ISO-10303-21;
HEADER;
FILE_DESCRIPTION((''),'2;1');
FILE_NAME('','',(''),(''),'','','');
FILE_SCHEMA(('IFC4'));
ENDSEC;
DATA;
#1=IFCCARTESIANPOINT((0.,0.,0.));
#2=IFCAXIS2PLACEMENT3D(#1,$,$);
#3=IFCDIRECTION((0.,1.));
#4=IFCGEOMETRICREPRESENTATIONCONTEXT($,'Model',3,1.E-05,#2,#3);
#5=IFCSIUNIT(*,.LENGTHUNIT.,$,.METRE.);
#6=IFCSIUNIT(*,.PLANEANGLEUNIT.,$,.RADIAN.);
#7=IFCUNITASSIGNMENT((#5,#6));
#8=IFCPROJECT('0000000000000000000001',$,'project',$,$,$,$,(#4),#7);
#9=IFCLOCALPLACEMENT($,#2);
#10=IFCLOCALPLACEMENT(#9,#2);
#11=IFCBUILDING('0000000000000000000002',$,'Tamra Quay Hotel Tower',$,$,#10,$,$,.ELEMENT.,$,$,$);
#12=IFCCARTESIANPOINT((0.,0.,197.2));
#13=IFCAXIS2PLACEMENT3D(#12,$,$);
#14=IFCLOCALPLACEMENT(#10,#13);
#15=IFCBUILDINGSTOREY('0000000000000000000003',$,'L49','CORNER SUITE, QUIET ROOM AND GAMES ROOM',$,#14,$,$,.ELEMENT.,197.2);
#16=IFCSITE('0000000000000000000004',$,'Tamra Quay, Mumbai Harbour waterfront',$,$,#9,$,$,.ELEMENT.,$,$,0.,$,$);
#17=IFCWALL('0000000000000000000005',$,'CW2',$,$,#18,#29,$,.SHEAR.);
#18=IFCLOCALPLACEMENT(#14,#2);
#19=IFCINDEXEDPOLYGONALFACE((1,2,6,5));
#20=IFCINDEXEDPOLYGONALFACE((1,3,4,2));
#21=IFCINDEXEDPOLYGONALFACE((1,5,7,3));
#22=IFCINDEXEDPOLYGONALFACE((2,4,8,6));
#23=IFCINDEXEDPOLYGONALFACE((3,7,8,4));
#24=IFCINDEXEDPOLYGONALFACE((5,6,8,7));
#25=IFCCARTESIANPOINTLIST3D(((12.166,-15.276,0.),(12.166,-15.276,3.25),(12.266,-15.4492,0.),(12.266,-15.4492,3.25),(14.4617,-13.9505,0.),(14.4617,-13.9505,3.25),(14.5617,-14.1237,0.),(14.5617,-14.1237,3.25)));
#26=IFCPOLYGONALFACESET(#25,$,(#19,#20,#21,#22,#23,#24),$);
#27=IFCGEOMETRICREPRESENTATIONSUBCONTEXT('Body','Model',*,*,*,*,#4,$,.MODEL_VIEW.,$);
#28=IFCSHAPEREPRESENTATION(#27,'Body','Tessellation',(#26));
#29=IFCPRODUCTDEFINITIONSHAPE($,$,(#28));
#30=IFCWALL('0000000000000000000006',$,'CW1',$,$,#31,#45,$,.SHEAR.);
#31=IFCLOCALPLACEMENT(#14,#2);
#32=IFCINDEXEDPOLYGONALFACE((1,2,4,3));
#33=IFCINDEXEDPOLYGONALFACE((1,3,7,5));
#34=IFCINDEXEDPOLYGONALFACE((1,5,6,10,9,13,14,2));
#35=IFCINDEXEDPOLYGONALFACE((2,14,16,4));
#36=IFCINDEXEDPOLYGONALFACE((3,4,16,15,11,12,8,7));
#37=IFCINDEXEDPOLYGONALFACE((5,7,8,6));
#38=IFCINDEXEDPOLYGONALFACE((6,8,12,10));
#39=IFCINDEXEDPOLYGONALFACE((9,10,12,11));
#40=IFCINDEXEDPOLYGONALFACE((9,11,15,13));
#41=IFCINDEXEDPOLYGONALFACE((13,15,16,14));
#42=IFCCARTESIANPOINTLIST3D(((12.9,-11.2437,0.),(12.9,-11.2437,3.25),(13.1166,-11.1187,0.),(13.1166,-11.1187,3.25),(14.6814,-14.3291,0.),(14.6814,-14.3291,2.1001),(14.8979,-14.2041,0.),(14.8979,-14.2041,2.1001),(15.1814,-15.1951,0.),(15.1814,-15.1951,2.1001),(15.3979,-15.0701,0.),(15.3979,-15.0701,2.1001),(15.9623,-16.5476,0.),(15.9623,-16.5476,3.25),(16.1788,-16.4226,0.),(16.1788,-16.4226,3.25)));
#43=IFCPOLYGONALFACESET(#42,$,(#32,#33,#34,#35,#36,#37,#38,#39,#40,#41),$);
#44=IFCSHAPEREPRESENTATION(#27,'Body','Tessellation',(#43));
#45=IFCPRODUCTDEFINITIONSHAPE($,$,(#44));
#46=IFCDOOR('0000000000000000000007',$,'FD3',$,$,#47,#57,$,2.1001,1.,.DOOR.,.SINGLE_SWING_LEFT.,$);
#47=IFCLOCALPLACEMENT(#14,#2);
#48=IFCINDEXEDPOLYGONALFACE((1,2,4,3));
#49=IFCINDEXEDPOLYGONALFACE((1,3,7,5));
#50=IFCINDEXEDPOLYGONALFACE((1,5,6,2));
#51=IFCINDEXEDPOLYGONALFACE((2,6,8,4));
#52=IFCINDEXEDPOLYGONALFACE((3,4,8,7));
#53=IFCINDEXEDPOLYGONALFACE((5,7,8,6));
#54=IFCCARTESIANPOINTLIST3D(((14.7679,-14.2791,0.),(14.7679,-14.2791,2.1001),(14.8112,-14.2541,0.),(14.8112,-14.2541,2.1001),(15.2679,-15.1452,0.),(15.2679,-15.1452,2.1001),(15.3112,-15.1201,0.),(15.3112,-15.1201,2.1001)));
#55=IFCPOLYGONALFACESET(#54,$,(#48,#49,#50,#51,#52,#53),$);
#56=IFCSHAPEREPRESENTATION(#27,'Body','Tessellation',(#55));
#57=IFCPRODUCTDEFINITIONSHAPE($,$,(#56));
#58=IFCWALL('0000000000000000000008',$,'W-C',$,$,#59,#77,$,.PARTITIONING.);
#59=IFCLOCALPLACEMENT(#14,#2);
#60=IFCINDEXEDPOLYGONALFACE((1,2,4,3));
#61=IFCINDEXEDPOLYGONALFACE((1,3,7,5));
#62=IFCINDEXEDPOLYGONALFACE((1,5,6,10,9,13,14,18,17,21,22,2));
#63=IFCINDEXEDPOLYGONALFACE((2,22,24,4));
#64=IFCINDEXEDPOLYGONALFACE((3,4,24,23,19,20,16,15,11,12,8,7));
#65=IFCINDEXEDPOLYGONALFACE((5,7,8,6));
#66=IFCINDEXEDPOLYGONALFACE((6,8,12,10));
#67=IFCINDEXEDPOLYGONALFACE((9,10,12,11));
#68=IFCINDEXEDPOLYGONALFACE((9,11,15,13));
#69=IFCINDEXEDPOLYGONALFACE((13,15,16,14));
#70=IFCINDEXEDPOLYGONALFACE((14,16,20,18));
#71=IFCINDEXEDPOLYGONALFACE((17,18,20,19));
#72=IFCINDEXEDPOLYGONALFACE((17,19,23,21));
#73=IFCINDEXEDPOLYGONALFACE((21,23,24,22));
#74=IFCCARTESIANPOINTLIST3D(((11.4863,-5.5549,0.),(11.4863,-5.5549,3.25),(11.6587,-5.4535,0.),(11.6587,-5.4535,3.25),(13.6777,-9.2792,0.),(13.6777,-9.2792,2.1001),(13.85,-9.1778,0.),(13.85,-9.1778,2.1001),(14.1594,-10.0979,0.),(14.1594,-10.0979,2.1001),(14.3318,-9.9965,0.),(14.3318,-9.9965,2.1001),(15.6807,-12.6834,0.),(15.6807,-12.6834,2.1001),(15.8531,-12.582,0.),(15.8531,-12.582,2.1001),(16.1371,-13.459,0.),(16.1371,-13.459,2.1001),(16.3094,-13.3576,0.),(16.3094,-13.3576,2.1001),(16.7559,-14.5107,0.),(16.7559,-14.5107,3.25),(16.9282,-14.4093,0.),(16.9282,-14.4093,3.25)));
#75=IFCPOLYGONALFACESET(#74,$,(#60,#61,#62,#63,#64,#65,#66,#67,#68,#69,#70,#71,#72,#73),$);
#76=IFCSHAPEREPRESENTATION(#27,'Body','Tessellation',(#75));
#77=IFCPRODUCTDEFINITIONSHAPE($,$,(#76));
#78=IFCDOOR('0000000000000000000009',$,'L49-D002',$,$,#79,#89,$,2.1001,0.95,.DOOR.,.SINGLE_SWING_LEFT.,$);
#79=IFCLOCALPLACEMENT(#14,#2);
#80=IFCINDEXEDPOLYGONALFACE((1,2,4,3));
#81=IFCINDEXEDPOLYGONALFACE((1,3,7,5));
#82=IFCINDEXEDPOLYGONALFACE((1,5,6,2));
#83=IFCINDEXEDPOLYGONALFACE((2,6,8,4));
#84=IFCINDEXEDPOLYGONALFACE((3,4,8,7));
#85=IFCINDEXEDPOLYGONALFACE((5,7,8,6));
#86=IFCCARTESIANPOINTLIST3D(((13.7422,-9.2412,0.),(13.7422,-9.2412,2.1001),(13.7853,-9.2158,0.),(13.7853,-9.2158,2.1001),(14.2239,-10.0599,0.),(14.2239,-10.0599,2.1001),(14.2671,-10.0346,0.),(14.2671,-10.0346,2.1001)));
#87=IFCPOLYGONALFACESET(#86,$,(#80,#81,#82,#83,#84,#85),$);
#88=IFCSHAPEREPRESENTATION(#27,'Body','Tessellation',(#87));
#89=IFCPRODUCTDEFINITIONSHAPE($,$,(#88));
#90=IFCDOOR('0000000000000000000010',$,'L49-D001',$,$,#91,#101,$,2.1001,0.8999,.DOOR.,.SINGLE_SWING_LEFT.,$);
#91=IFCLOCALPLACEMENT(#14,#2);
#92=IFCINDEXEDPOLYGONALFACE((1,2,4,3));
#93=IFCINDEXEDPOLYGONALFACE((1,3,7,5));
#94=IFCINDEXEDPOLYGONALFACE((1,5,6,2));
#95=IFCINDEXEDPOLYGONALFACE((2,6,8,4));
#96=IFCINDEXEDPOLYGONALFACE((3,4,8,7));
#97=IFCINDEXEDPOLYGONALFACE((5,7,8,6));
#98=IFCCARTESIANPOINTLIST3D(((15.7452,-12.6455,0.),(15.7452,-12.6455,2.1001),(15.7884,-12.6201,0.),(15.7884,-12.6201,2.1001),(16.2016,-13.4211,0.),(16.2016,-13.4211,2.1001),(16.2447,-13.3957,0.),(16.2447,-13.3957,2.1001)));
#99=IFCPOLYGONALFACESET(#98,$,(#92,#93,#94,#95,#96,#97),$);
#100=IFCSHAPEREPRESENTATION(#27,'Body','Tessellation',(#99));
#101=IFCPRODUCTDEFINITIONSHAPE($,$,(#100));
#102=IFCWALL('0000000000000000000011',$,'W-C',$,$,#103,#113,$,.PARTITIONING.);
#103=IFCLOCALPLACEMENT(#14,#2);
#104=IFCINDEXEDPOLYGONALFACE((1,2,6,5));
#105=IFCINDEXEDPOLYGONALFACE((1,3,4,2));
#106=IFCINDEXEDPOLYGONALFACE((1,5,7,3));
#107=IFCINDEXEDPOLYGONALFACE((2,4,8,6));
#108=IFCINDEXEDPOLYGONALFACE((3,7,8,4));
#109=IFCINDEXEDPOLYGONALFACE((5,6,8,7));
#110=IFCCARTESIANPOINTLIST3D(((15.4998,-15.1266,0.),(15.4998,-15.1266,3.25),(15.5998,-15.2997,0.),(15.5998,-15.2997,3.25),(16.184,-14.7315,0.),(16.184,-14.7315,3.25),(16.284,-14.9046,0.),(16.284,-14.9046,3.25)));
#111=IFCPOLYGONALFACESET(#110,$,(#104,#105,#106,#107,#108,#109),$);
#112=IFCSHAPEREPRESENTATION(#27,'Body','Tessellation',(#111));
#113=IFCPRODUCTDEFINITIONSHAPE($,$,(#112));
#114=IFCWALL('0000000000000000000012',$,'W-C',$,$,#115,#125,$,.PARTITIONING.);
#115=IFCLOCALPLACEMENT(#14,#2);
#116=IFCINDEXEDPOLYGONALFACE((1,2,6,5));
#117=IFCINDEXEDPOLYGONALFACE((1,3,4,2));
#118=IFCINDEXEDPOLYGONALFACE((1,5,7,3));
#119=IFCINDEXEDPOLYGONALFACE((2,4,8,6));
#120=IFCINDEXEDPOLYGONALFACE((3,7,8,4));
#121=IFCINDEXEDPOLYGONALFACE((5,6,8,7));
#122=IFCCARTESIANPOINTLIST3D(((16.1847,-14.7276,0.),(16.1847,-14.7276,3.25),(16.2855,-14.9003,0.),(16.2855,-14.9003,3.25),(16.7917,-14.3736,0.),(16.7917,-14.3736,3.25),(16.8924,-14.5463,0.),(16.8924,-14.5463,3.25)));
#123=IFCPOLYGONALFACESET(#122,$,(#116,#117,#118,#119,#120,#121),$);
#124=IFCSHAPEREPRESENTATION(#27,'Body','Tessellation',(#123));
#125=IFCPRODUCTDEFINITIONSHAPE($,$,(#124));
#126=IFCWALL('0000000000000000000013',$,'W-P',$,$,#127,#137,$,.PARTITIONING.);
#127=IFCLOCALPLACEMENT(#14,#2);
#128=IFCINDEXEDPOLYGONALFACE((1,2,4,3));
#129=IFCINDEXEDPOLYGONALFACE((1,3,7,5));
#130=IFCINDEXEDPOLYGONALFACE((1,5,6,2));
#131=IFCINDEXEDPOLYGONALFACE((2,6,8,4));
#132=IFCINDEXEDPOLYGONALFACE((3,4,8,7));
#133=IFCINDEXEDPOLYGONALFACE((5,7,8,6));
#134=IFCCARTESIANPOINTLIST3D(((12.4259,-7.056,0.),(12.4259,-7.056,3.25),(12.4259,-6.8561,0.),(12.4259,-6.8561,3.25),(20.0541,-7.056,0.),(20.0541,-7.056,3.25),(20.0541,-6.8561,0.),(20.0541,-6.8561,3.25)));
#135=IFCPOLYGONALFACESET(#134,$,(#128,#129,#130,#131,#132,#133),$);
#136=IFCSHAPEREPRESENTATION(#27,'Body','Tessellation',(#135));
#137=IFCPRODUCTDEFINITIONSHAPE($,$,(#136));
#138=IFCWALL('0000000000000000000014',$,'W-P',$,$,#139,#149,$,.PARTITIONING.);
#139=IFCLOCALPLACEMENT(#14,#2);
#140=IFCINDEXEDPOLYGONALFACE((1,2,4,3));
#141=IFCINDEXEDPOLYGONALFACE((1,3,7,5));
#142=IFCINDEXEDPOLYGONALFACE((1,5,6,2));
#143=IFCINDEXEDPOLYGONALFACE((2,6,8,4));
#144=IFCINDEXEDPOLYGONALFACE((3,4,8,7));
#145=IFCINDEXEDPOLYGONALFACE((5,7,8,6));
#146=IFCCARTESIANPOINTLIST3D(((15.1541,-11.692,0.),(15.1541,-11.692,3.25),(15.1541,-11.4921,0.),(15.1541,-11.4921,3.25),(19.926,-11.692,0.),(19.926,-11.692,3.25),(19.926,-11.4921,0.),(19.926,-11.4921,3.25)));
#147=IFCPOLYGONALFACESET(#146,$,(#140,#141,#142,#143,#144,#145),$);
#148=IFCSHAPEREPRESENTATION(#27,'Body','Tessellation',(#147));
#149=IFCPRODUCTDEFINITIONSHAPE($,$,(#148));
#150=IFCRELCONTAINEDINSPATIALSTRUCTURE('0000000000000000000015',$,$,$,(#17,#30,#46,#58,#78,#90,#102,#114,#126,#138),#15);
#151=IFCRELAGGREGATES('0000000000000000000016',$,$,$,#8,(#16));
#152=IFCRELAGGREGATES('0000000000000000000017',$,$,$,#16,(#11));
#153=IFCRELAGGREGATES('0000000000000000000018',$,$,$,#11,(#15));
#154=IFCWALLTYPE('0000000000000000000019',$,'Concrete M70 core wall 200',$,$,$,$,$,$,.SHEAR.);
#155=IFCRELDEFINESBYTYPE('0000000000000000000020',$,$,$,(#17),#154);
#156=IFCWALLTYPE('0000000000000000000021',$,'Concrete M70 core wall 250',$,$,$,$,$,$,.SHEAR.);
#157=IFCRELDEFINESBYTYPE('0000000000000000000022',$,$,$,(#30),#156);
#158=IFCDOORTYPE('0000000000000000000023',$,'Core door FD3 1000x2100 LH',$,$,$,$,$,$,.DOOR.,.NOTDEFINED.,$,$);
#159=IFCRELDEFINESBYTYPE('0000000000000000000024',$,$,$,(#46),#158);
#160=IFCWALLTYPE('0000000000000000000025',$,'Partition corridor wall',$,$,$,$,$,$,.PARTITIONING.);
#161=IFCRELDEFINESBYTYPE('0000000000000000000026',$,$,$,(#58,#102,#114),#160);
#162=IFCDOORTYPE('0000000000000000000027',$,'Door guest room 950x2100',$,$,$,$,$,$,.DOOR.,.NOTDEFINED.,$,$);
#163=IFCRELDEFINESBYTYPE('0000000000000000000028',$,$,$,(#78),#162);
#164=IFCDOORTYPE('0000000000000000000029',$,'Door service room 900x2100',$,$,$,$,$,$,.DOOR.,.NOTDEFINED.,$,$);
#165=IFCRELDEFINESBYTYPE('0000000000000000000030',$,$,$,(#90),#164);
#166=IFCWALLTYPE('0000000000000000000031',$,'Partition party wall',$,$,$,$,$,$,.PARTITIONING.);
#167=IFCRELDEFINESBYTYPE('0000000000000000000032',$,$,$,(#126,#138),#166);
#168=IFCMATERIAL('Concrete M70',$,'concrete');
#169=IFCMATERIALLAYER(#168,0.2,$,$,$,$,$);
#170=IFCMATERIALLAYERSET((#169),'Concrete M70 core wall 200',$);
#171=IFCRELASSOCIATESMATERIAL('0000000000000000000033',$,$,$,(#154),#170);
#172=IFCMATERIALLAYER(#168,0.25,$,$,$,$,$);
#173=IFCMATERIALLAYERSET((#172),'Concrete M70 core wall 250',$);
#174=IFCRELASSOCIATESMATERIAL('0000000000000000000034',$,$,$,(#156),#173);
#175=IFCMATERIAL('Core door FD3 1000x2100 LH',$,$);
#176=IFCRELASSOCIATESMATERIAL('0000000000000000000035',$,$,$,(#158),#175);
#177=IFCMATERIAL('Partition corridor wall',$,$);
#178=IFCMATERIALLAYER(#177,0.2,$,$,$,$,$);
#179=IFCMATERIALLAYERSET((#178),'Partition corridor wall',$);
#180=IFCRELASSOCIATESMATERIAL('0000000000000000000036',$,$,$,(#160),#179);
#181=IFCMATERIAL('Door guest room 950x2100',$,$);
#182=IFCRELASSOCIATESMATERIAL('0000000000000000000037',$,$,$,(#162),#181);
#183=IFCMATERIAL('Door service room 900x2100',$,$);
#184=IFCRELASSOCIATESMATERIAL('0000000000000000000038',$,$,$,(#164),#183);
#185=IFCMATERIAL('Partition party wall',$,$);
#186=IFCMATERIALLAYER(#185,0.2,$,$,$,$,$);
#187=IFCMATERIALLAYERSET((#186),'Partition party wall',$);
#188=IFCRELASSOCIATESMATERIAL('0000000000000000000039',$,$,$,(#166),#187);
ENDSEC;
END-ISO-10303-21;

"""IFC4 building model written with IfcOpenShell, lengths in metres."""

from ifc_helpers import new_model, si_unit, direction, frame, frame_2d, origin, place, context, subcontext, project, spatial, rectangle, extrude, material, layer, layer_set, type_object, element, fill, save


model = new_model("IFC4")

# Units and contexts
model_context = context("Model", 3, precision=1e-05, world=origin(), true_north=direction((0.0, 1.0)))
body_context = subcontext(model_context, "Body", "Model", "MODEL_VIEW")
ifc_project = project(units=[si_unit("LENGTHUNIT", "METRE"), si_unit("PLANEANGLEUNIT", "RADIAN")], contexts=[model_context])

# Site, building, storey
site_placement = place(None, origin())
site = spatial("IfcSite", under=ifc_project, at=site_placement, Name="Tamra Quay, Mumbai Harbour waterfront", CompositionType="ELEMENT", RefElevation=0.0)
building_placement = place(site_placement, origin())
building = spatial("IfcBuilding", under=site, at=building_placement, Name="Tamra Quay Hotel Tower", CompositionType="ELEMENT")
storey_placement = place(building_placement, frame((0.0, 0.0, 197.2)))
storey = spatial("IfcBuildingStorey", under=building, at=storey_placement, Name="L49", Description="CORNER SUITE, QUIET ROOM AND GAMES ROOM", CompositionType="ELEMENT", Elevation=197.2)

# Shared definitions
ifc_material_1 = material(Name="Concrete M70", Category="concrete")

# Wall
ifc_layer_1 = layer(ifc_material_1, 0.2)
ifc_layer_set_1 = layer_set([ifc_layer_1], Name="Concrete M70 core wall 200")
wall_type_1 = type_object("IfcWallType", Name="Concrete M70 core wall 200", PredefinedType="SHEAR", material=ifc_layer_set_1)
wall_1_placement = place(storey_placement, frame((14.5117, -14.0371, 0.0), z_axis=(0.0, 0.0, 1.0), x_axis=(-0.866018, -0.500012, 0.0)))
element("IfcWall", 1, at=wall_1_placement, inside=storey, type_object=wall_type_1, Name="CW2", PredefinedType="SHEAR", context=body_context, shape_type="SweptSolid", body=[
    extrude(rectangle(XDim=2.6509, YDim=0.2, at=frame_2d((1.3254, 0.0))), origin(), (0.0, 0.0, 1.0), 3.25),
])

# Wall, opening, door
ifc_layer_2 = layer(ifc_material_1, 0.25)
ifc_layer_set_2 = layer_set([ifc_layer_2], Name="Concrete M70 core wall 250")
wall_type_2 = type_object("IfcWallType", Name="Concrete M70 core wall 250", PredefinedType="SHEAR", material=ifc_layer_set_2)
wall_2_placement = place(storey_placement, frame((13.0083, -11.1812, 0.0), z_axis=(0.0, 0.0, 1.0), x_axis=(0.500002, -0.866024, 0.0)))
wall_2 = element("IfcWall", 2, at=wall_2_placement, inside=storey, type_object=wall_type_2, Name="CW1", PredefinedType="SHEAR", context=body_context, shape_type="SweptSolid", body=[
    extrude(rectangle(XDim=6.1245, YDim=0.25, at=frame_2d((3.0623, 0.0))), origin(), (0.0, 0.0, 1.0), 3.25),
])
opening_1_placement = place(wall_2_placement, frame((3.5627, 0.0, 0.0)))
opening_1 = element("IfcOpeningElement", 3, at=opening_1_placement, cuts=wall_2, PredefinedType="OPENING", context=body_context, shape_type="SweptSolid", body=[
    extrude(rectangle(XDim=1.0, YDim=2.1001, at=frame_2d((0.5, 1.05))), frame((0.0, 0.135, 0.0), z_axis=(0.0, -1.0, 0.0), x_axis=(1.0, 0.0, 0.0)), (0.0, 0.0, 1.0), 0.27),
])
ifc_material_2 = material(Name="Core door FD3 1000x2100 LH")
door_type_1 = type_object("IfcDoorType", Name="Core door FD3 1000x2100 LH", OperationType="NOTDEFINED", PredefinedType="DOOR", material=ifc_material_2)
door_1_placement = place(opening_1_placement, origin())
door_1 = element("IfcDoor", 4, at=door_1_placement, inside=storey, type_object=door_type_1, Name="FD3", OperationType="SINGLE_SWING_LEFT", OverallHeight=2.1001, OverallWidth=1.0, PredefinedType="DOOR", context=body_context, shape_type="SweptSolid", body=[
    extrude(rectangle(XDim=1.0, YDim=2.1001, at=frame_2d((0.5, 1.05))), frame((0.0, 0.0249, 0.0), z_axis=(0.0, -1.0, 0.0), x_axis=(1.0, 0.0, 0.0)), (0.0, 0.0, 1.0), 0.05),
])
fill(opening_1, door_1)

# Wall, openings, doors
ifc_material_3 = material(Name="Partition corridor wall")
ifc_layer_3 = layer(ifc_material_3, 0.2)
ifc_layer_set_3 = layer_set([ifc_layer_3], Name="Partition corridor wall")
wall_type_3 = type_object("IfcWallType", Name="Partition corridor wall", PredefinedType="PARTITIONING", material=ifc_layer_set_3)
wall_3_placement = place(storey_placement, frame((11.5725, -5.5042, 0.0), z_axis=(0.0, 0.0, 1.0), x_axis=(0.507121, -0.861875, 0.0)))
wall_3 = element("IfcWall", 5, at=wall_3_placement, inside=storey, type_object=wall_type_3, Name="W-C", PredefinedType="PARTITIONING", context=body_context, shape_type="SweptSolid", body=[
    extrude(rectangle(XDim=10.3911, YDim=0.2, at=frame_2d((5.1956, 0.0))), origin(), (0.0, 0.0, 1.0), 3.25),
])
opening_2_placement = place(wall_3_placement, frame((8.271, 0.0, 0.0)))
opening_2 = element("IfcOpeningElement", 6, at=opening_2_placement, cuts=wall_3, PredefinedType="OPENING", context=body_context, shape_type="SweptSolid", body=[
    extrude(rectangle(XDim=0.8999, YDim=2.1001, at=frame_2d((0.45, 1.05))), frame((0.0, 0.1099, 0.0), z_axis=(0.0, -1.0, 0.0), x_axis=(1.0, 0.0, 0.0)), (0.0, 0.0, 1.0), 0.22),
])
opening_3_placement = place(wall_3_placement, frame((4.321, 0.0, 0.0)))
opening_3 = element("IfcOpeningElement", 7, at=opening_3_placement, cuts=wall_3, PredefinedType="OPENING", context=body_context, shape_type="SweptSolid", body=[
    extrude(rectangle(XDim=0.95, YDim=2.1001, at=frame_2d((0.4751, 1.05))), frame((0.0, 0.1099, 0.0), z_axis=(0.0, -1.0, 0.0), x_axis=(1.0, 0.0, 0.0)), (0.0, 0.0, 1.0), 0.22),
])
ifc_material_4 = material(Name="Door guest room 950x2100")
door_type_2 = type_object("IfcDoorType", Name="Door guest room 950x2100", OperationType="NOTDEFINED", PredefinedType="DOOR", material=ifc_material_4)
door_2_placement = place(opening_3_placement, origin())
door_2 = element("IfcDoor", 8, at=door_2_placement, inside=storey, type_object=door_type_2, Name="L49-D002", OperationType="SINGLE_SWING_LEFT", OverallHeight=2.1001, OverallWidth=0.95, PredefinedType="DOOR", context=body_context, shape_type="SweptSolid", body=[
    extrude(rectangle(XDim=0.95, YDim=2.1001, at=frame_2d((0.4751, 1.05))), frame((0.0, 0.0249, 0.0), z_axis=(0.0, -1.0, 0.0), x_axis=(1.0, 0.0, 0.0)), (0.0, 0.0, 1.0), 0.05),
])
fill(opening_3, door_2)
ifc_material_5 = material(Name="Door service room 900x2100")
door_type_3 = type_object("IfcDoorType", Name="Door service room 900x2100", OperationType="NOTDEFINED", PredefinedType="DOOR", material=ifc_material_5)
door_3_placement = place(opening_2_placement, origin())
door_3 = element("IfcDoor", 9, at=door_3_placement, inside=storey, type_object=door_type_3, Name="L49-D001", OperationType="SINGLE_SWING_LEFT", OverallHeight=2.1001, OverallWidth=0.8999, PredefinedType="DOOR", context=body_context, shape_type="SweptSolid", body=[
    extrude(rectangle(XDim=0.8999, YDim=2.1001, at=frame_2d((0.45, 1.05))), frame((0.0, 0.0249, 0.0), z_axis=(0.0, -1.0, 0.0), x_axis=(1.0, 0.0, 0.0)), (0.0, 0.0, 1.0), 0.05),
])
fill(opening_2, door_3)

# Walls
wall_4_placement = place(storey_placement, frame((15.5498, -15.2131, 0.0), z_axis=(0.0, 0.0, 1.0), x_axis=(0.86599, 0.500061, 0.0)))
element("IfcWall", 10, at=wall_4_placement, inside=storey, type_object=wall_type_3, Name="W-C", PredefinedType="PARTITIONING", context=body_context, shape_type="SweptSolid", body=[
    extrude(rectangle(XDim=0.79, YDim=0.2, at=frame_2d((0.395, 0.0))), origin(), (0.0, 0.0, 1.0), 3.25),
])
wall_5_placement = place(storey_placement, frame((16.2351, -14.814, 0.0), z_axis=(0.0, 0.0, 1.0), x_axis=(0.863804, 0.503828, 0.0)))
element("IfcWall", 11, at=wall_5_placement, inside=storey, type_object=wall_type_3, Name="W-C", PredefinedType="PARTITIONING", context=body_context, shape_type="SweptSolid", body=[
    extrude(rectangle(XDim=0.7026, YDim=0.2, at=frame_2d((0.3513, 0.0))), origin(), (0.0, 0.0, 1.0), 3.25),
])
ifc_material_6 = material(Name="Partition party wall")
ifc_layer_4 = layer(ifc_material_6, 0.2)
ifc_layer_set_4 = layer_set([ifc_layer_4], Name="Partition party wall")
wall_type_4 = type_object("IfcWallType", Name="Partition party wall", PredefinedType="PARTITIONING", material=ifc_layer_set_4)
wall_6_placement = place(storey_placement, frame((12.426, -6.9561, 0.0), z_axis=(0.0, 0.0, 1.0), x_axis=(1.0, 0.0, 0.0)))
element("IfcWall", 12, at=wall_6_placement, inside=storey, type_object=wall_type_4, Name="W-P", PredefinedType="PARTITIONING", context=body_context, shape_type="SweptSolid", body=[
    extrude(rectangle(XDim=7.6282, YDim=0.2, at=frame_2d((3.814, 0.0))), origin(), (0.0, 0.0, 1.0), 3.25),
])
wall_7_placement = place(storey_placement, frame((15.1541, -11.592, 0.0), z_axis=(0.0, 0.0, 1.0), x_axis=(1.0, 0.0, 0.0)))
element("IfcWall", 13, at=wall_7_placement, inside=storey, type_object=wall_type_4, Name="W-P", PredefinedType="PARTITIONING", context=body_context, shape_type="SweptSolid", body=[
    extrude(rectangle(XDim=4.772, YDim=0.2, at=frame_2d((2.386, 0.0))), origin(), (0.0, 0.0, 1.0), 3.25),
])

save(model, "model.ifc")
